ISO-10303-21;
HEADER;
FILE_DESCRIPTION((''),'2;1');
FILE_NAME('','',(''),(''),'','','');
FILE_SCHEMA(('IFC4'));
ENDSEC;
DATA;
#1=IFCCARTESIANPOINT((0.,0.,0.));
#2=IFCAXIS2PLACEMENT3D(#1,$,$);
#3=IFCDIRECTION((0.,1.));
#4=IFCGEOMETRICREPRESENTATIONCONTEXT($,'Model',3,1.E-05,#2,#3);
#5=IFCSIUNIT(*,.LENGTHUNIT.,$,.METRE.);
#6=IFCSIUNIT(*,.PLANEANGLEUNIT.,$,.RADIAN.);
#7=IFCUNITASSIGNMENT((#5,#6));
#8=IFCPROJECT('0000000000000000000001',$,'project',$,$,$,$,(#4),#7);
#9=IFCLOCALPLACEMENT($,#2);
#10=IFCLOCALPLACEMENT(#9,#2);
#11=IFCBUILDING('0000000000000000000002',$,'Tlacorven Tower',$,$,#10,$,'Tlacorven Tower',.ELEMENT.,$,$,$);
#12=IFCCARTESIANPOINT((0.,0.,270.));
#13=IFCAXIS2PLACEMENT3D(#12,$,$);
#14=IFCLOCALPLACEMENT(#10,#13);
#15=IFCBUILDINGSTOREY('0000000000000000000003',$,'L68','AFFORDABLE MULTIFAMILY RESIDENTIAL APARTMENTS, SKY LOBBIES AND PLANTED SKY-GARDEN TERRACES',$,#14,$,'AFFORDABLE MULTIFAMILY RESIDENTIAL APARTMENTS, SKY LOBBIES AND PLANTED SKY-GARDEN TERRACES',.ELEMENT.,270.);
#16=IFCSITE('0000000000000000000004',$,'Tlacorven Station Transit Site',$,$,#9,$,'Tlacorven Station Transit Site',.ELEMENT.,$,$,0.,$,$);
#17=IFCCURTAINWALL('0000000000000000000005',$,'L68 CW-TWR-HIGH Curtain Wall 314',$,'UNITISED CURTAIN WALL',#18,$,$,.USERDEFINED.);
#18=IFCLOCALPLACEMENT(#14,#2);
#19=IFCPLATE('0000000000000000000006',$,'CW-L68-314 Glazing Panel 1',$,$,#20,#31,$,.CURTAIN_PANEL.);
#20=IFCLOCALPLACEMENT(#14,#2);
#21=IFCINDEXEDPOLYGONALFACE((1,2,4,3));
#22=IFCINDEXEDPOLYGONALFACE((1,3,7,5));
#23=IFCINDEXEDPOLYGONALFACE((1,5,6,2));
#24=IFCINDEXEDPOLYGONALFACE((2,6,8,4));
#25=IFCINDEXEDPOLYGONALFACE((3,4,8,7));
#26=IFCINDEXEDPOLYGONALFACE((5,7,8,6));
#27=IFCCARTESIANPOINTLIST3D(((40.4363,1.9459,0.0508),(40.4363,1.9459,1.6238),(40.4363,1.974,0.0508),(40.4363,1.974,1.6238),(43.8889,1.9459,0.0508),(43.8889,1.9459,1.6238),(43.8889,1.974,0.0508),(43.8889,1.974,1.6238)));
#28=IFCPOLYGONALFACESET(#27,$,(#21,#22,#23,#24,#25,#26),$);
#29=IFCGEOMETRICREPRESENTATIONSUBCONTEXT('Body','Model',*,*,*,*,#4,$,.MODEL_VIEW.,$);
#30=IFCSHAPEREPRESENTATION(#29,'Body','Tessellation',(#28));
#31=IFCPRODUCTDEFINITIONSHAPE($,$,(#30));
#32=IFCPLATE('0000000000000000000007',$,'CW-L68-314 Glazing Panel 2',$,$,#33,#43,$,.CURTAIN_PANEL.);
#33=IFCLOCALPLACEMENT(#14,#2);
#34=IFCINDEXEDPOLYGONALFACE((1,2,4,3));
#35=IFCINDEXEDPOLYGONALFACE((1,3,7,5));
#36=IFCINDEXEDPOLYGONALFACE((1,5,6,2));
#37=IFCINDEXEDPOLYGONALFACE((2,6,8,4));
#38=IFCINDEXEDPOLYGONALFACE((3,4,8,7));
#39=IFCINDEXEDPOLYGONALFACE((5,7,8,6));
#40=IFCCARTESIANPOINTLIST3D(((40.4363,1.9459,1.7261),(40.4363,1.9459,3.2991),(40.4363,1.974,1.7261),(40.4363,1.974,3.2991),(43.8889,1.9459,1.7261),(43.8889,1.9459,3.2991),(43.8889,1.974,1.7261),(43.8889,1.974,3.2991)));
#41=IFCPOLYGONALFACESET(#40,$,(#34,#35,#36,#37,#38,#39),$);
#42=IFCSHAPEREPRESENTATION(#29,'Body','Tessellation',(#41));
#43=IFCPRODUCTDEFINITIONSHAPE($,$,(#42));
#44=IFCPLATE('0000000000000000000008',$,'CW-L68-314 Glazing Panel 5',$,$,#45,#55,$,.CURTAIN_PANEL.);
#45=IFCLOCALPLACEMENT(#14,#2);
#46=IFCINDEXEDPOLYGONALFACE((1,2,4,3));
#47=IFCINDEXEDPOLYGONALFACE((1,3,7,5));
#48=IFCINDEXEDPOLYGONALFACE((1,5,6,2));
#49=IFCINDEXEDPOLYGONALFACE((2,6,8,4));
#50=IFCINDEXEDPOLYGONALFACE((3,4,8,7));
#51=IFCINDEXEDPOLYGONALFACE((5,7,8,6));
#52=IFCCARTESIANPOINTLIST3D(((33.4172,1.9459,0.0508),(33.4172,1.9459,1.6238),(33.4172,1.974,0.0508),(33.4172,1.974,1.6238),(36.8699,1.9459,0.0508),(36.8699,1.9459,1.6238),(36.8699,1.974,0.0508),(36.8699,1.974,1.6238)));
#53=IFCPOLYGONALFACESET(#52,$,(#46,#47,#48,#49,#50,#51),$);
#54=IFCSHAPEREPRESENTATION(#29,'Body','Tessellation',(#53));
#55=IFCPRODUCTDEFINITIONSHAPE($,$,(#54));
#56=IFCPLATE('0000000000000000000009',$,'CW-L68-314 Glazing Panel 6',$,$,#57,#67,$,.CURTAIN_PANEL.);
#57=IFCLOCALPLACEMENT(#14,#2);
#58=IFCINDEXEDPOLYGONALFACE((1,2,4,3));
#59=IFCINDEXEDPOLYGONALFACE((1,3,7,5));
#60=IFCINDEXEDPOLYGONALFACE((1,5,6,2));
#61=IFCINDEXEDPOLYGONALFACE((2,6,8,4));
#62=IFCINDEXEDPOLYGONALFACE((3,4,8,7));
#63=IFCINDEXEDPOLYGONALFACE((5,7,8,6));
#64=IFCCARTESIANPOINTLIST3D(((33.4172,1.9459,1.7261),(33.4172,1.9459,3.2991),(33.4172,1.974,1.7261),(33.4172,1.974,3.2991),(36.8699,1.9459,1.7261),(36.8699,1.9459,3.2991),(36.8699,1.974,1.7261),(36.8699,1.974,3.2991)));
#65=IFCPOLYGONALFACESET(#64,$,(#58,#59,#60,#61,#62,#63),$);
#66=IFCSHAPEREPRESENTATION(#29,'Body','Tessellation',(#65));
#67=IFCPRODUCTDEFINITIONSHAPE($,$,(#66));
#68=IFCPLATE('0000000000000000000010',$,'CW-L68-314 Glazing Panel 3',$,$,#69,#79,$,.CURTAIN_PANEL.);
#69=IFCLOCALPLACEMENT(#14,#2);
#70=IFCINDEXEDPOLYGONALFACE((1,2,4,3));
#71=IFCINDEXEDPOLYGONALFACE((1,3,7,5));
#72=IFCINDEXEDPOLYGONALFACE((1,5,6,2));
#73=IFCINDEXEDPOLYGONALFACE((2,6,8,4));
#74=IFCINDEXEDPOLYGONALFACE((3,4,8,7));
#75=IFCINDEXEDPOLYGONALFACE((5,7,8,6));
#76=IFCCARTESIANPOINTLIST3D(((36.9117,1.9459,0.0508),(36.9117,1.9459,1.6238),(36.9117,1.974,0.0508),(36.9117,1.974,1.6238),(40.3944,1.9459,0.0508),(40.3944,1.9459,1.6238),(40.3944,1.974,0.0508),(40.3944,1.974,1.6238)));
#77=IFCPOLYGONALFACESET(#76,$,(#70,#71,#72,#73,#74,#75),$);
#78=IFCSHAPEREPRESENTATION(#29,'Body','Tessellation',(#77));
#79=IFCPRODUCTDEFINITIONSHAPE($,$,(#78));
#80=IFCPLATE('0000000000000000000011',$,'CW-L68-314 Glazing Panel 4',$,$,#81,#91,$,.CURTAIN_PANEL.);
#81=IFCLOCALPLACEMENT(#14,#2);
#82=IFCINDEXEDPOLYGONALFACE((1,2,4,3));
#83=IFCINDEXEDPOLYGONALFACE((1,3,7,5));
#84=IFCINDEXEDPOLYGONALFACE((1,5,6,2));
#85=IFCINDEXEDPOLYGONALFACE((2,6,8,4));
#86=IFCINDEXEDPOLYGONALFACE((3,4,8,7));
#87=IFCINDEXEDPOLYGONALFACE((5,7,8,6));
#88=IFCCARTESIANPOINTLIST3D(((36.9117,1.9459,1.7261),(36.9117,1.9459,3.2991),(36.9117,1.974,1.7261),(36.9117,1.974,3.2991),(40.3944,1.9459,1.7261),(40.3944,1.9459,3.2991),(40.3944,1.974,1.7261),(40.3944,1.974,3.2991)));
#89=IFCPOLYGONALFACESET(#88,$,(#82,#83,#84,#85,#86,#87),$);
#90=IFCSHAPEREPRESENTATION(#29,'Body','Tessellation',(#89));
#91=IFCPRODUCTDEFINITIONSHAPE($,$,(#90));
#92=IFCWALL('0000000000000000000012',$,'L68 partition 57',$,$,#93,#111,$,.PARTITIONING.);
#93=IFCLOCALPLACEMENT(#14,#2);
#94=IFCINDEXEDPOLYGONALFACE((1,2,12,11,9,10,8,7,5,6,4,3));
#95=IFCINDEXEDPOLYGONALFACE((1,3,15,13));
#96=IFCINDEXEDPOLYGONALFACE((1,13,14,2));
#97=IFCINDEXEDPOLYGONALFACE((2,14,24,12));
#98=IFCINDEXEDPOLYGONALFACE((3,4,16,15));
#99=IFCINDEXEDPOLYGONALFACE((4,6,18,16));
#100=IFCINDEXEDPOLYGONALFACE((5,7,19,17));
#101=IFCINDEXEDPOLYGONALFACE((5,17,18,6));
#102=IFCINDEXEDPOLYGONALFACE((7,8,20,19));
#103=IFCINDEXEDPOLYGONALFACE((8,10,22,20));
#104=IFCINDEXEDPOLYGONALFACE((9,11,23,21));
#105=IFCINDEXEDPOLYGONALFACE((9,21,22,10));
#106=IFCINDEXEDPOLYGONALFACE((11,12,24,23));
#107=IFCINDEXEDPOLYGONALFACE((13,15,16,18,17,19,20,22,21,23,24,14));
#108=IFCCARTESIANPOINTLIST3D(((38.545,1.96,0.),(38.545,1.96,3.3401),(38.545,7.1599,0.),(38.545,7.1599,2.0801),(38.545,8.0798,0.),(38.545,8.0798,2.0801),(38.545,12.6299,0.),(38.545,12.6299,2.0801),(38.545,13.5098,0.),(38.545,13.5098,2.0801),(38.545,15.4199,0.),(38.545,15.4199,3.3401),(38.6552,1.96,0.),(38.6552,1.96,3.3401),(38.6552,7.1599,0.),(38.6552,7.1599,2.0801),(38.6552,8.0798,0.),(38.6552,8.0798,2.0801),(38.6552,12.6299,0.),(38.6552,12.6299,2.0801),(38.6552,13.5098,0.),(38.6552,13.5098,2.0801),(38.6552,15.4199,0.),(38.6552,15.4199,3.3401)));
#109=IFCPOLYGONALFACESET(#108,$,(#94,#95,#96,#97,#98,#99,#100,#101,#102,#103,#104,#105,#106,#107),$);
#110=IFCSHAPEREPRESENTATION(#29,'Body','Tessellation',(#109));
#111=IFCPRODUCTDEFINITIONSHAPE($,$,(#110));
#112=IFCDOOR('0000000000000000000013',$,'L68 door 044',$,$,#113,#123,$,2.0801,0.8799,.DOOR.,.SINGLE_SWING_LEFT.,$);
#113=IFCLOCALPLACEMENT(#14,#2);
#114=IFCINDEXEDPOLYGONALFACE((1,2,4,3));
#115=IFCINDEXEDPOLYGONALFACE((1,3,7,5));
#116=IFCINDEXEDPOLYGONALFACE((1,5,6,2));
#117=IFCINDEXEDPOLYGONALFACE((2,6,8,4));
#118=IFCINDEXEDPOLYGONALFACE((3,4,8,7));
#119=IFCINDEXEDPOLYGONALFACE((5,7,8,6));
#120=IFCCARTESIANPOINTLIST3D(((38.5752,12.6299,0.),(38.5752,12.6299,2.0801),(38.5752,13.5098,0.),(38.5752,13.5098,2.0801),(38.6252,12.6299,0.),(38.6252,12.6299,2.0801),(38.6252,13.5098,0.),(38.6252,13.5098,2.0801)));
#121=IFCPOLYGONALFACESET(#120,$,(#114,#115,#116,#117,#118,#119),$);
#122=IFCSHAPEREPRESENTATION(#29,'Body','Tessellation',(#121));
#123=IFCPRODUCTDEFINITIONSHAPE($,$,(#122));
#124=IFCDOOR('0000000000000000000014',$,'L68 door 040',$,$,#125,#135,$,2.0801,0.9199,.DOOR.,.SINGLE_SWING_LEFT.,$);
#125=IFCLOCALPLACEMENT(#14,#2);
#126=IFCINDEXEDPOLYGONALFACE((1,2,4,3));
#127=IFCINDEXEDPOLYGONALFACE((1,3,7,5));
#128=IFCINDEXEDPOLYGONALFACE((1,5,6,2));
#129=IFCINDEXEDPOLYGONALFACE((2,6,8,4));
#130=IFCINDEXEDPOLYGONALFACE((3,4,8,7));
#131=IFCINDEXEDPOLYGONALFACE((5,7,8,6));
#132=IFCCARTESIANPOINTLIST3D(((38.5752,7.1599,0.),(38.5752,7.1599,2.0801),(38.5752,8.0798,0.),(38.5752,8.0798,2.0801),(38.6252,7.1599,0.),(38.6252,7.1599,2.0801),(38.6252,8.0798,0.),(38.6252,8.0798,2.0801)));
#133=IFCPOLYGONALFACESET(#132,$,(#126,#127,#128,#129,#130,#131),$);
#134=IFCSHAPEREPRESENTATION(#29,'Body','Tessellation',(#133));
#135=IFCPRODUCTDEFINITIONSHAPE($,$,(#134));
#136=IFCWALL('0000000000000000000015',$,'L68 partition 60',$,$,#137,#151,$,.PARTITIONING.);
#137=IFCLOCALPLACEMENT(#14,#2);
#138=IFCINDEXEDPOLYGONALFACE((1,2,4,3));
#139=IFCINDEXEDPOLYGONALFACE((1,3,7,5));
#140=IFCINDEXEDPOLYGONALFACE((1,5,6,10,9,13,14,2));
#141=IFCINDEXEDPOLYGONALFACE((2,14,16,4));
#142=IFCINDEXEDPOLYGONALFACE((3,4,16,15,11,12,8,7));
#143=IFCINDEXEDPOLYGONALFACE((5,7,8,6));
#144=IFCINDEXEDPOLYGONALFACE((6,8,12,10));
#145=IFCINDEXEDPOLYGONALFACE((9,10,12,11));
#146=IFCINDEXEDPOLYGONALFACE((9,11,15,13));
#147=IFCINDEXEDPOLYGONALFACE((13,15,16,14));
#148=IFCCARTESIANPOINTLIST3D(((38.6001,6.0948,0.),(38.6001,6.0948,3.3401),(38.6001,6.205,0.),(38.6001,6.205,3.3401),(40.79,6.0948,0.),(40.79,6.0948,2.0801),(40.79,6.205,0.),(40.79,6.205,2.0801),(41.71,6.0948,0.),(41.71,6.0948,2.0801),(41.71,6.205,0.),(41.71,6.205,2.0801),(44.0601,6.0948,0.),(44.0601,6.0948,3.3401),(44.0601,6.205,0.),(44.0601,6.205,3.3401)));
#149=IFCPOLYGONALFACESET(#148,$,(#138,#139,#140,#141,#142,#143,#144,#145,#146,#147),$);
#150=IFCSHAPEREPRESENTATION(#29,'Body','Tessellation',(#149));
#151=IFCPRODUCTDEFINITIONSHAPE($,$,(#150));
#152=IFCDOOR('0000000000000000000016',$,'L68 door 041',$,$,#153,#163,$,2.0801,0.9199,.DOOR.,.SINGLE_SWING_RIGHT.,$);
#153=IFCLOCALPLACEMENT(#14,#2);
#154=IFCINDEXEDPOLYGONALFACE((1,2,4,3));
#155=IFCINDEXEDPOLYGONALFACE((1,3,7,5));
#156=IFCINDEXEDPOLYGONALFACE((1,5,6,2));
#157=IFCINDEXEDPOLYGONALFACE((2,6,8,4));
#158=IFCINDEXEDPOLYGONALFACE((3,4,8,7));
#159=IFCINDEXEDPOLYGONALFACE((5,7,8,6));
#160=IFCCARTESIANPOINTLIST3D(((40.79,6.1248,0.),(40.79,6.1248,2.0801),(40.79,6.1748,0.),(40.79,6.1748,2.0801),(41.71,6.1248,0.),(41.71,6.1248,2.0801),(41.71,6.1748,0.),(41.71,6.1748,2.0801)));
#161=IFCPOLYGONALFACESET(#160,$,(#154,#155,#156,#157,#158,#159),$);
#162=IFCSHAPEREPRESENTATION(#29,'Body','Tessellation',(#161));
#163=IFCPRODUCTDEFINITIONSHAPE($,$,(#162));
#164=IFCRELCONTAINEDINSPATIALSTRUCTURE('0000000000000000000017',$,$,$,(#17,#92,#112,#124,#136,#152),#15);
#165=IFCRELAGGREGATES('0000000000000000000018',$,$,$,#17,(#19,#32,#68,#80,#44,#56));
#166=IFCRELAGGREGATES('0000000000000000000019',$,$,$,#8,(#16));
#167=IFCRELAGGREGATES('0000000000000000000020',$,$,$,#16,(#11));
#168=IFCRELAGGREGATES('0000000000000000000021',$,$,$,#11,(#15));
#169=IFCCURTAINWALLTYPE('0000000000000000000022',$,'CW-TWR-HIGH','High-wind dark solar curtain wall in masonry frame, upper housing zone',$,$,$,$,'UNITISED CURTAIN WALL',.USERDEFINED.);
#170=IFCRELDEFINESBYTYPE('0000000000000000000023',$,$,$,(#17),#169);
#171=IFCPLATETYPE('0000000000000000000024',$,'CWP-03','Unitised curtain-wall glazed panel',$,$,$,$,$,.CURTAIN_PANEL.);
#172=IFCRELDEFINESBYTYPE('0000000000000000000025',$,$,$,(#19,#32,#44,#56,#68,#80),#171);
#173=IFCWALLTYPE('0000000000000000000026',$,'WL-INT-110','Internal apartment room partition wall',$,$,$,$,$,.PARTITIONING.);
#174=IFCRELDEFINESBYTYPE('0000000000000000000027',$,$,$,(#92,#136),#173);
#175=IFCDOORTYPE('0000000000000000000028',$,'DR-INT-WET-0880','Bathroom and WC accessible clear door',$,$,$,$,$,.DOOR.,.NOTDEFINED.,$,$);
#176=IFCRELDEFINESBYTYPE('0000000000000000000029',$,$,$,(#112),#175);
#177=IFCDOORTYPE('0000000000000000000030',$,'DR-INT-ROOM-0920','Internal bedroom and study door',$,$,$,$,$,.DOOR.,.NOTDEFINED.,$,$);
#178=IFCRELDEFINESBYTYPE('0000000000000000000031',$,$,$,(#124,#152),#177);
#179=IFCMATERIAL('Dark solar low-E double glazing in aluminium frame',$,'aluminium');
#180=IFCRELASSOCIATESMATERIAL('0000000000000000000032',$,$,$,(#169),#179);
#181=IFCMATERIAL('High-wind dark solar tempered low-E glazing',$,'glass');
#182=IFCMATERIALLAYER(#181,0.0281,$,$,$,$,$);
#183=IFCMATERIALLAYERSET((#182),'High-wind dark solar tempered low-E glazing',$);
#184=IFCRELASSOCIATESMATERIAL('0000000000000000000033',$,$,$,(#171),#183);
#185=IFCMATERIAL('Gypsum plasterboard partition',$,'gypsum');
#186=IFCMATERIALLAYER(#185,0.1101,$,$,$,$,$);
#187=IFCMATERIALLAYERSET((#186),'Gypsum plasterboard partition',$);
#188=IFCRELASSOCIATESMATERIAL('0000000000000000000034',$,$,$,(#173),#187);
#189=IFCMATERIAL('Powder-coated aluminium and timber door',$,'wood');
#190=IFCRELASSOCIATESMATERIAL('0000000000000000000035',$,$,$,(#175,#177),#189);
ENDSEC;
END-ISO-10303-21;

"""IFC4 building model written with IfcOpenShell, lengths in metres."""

from ifc_helpers import new_model, si_unit, direction, frame, frame_2d, origin, origin_2d, place, context, subcontext, project, spatial, rectangle, extrude, source, transform, mapped, material, layer, layer_set, type_object, element, fill, aggregate, save


model = new_model("IFC4")

# Units and contexts
model_context = context("Model", 3, precision=1e-05, world=origin(), true_north=direction((0.0, 1.0)))
body_context = subcontext(model_context, "Body", "Model", "MODEL_VIEW")
ifc_project = project(units=[si_unit("LENGTHUNIT", "METRE"), si_unit("PLANEANGLEUNIT", "RADIAN")], contexts=[model_context])

# Site, building, storey
site_placement = place(None, origin())
site = spatial("IfcSite", under=ifc_project, at=site_placement, Name="Tlacorven Station Transit Site", LongName="Tlacorven Station Transit Site", CompositionType="ELEMENT", RefElevation=0.0)
building_placement = place(site_placement, origin())
building = spatial("IfcBuilding", under=site, at=building_placement, Name="Tlacorven Tower", LongName="Tlacorven Tower", CompositionType="ELEMENT")
storey_placement = place(building_placement, frame((0.0, 0.0, 270.0)))
storey = spatial("IfcBuildingStorey", under=building, at=storey_placement, Name="L68", Description="AFFORDABLE MULTIFAMILY RESIDENTIAL APARTMENTS, SKY LOBBIES AND PLANTED SKY-GARDEN TERRACES", LongName="AFFORDABLE MULTIFAMILY RESIDENTIAL APARTMENTS, SKY LOBBIES AND PLANTED SKY-GARDEN TERRACES", CompositionType="ELEMENT", Elevation=270.0)

# Curtain wall
ifc_material_1 = material(Name="Dark solar low-E double glazing in aluminium frame", Category="aluminium")
curtain_wall_type = type_object("IfcCurtainWallType", Name="CW-TWR-HIGH", Description="High-wind dark solar curtain wall in masonry frame, upper housing zone", ElementType="UNITISED CURTAIN WALL", PredefinedType="USERDEFINED", material=ifc_material_1)
curtain_wall_1_placement = place(storey_placement, origin())
curtain_wall_1 = element("IfcCurtainWall", 1, at=curtain_wall_1_placement, inside=storey, type_object=curtain_wall_type, Name="L68 CW-TWR-HIGH Curtain Wall 314", ObjectType="UNITISED CURTAIN WALL", PredefinedType="USERDEFINED")

# Plates
ifc_material_2 = material(Name="High-wind dark solar tempered low-E glazing", Category="glass")
ifc_layer_1 = layer(ifc_material_2, 0.0281)
ifc_layer_set_1 = layer_set([ifc_layer_1], Name="High-wind dark solar tempered low-E glazing")
plate_type = type_object("IfcPlateType", Name="CWP-03", Description="Unitised curtain-wall glazed panel", PredefinedType="CURTAIN_PANEL", material=ifc_layer_set_1)
shared_shape_1 = source(origin(), body_context, "Body", "SweptSolid", [
    extrude(rectangle(XDim=3.4526, YDim=0.0281, at=origin_2d()), origin(), (0.0, 0.0, 1.0), 1.573),
])
plate_1_placement = place(storey_placement, frame((42.1626, 1.96, 0.0508), z_axis=(0.0, 0.0, 1.0), x_axis=(-1.0, 0.0, 0.0)))
plate_1 = element("IfcPlate", 2, at=plate_1_placement, type_object=plate_type, Name="CW-L68-314 Glazing Panel 1", PredefinedType="CURTAIN_PANEL", context=body_context, shape_type="MappedRepresentation", body=[
    mapped(shared_shape_1, transform((0.0, 0.0, 0.0), scale=1.0)),
])
plate_2_placement = place(storey_placement, frame((42.1626, 1.96, 1.7261), z_axis=(0.0, 0.0, 1.0), x_axis=(-1.0, 0.0, 0.0)))
plate_2 = element("IfcPlate", 3, at=plate_2_placement, type_object=plate_type, Name="CW-L68-314 Glazing Panel 2", PredefinedType="CURTAIN_PANEL", context=body_context, shape_type="MappedRepresentation", body=[
    mapped(shared_shape_1, transform((0.0, 0.0, 0.0), scale=1.0)),
])
plate_3_placement = place(storey_placement, frame((35.1436, 1.96, 0.0508), z_axis=(0.0, 0.0, 1.0), x_axis=(-1.0, 0.0, 0.0)))
plate_3 = element("IfcPlate", 4, at=plate_3_placement, type_object=plate_type, Name="CW-L68-314 Glazing Panel 5", PredefinedType="CURTAIN_PANEL", context=body_context, shape_type="MappedRepresentation", body=[
    mapped(shared_shape_1, transform((0.0, 0.0, 0.0), scale=1.0)),
])
plate_4_placement = place(storey_placement, frame((35.1436, 1.96, 1.7261), z_axis=(0.0, 0.0, 1.0), x_axis=(-1.0, 0.0, 0.0)))
plate_4 = element("IfcPlate", 5, at=plate_4_placement, type_object=plate_type, Name="CW-L68-314 Glazing Panel 6", PredefinedType="CURTAIN_PANEL", context=body_context, shape_type="MappedRepresentation", body=[
    mapped(shared_shape_1, transform((0.0, 0.0, 0.0), scale=1.0)),
])
shared_shape_2 = source(origin(), body_context, "Body", "SweptSolid", [
    extrude(rectangle(XDim=3.4827, YDim=0.0281, at=origin_2d()), origin(), (0.0, 0.0, 1.0), 1.573),
])
plate_5_placement = place(storey_placement, frame((38.6531, 1.96, 0.0508), z_axis=(0.0, 0.0, 1.0), x_axis=(-1.0, 0.0, 0.0)))
plate_5 = element("IfcPlate", 6, at=plate_5_placement, type_object=plate_type, Name="CW-L68-314 Glazing Panel 3", PredefinedType="CURTAIN_PANEL", context=body_context, shape_type="MappedRepresentation", body=[
    mapped(shared_shape_2, transform((0.0, 0.0, 0.0), scale=1.0)),
])
plate_6_placement = place(storey_placement, frame((38.6531, 1.96, 1.7261), z_axis=(0.0, 0.0, 1.0), x_axis=(-1.0, 0.0, 0.0)))
plate_6 = element("IfcPlate", 7, at=plate_6_placement, type_object=plate_type, Name="CW-L68-314 Glazing Panel 4", PredefinedType="CURTAIN_PANEL", context=body_context, shape_type="MappedRepresentation", body=[
    mapped(shared_shape_2, transform((0.0, 0.0, 0.0), scale=1.0)),
])
aggregate(curtain_wall_1, [plate_1, plate_2, plate_5, plate_6, plate_3, plate_4])

# Wall, openings, doors
ifc_material_3 = material(Name="Gypsum plasterboard partition", Category="gypsum")
ifc_layer_2 = layer(ifc_material_3, 0.1101)
ifc_layer_set_2 = layer_set([ifc_layer_2], Name="Gypsum plasterboard partition")
wall_type = type_object("IfcWallType", Name="WL-INT-110", Description="Internal apartment room partition wall", PredefinedType="PARTITIONING", material=ifc_layer_set_2)
wall_1_placement = place(storey_placement, frame((38.6001, 1.96, 0.0), z_axis=(0.0, 0.0, 1.0), x_axis=(0.0, 1.0, 0.0)))
wall_1 = element("IfcWall", 8, at=wall_1_placement, inside=storey, type_object=wall_type, Name="L68 partition 57", PredefinedType="PARTITIONING", context=body_context, shape_type="SweptSolid", body=[
    extrude(rectangle(XDim=13.46, YDim=0.1101, at=frame_2d((6.73, 0.0))), origin(), (0.0, 0.0, 1.0), 3.3401),
])
opening_1_placement = place(wall_1_placement, frame((5.2, 0.0, 0.0)))
opening_1 = element("IfcOpeningElement", 9, at=opening_1_placement, cuts=wall_1, PredefinedType="OPENING", context=body_context, shape_type="SweptSolid", body=[
    extrude(rectangle(XDim=0.9199, YDim=2.0801, at=frame_2d((0.46, 1.04))), frame((0.0, 0.0649, 0.0), z_axis=(0.0, -1.0, 0.0), x_axis=(1.0, 0.0, 0.0)), (0.0, 0.0, 1.0), 0.1301),
])
opening_2_placement = place(wall_1_placement, frame((10.6699, 0.0, 0.0)))
opening_2 = element("IfcOpeningElement", 10, at=opening_2_placement, cuts=wall_1, PredefinedType="OPENING", context=body_context, shape_type="SweptSolid", body=[
    extrude(rectangle(XDim=0.8799, YDim=2.0801, at=frame_2d((0.4399, 1.04))), frame((0.0, 0.0649, 0.0), z_axis=(0.0, -1.0, 0.0), x_axis=(1.0, 0.0, 0.0)), (0.0, 0.0, 1.0), 0.1301),
])
ifc_material_4 = material(Name="Powder-coated aluminium and timber door", Category="wood")
door_type_1 = type_object("IfcDoorType", Name="DR-INT-WET-0880", Description="Bathroom and WC accessible clear door", OperationType="NOTDEFINED", PredefinedType="DOOR", material=ifc_material_4)
shared_shape_3 = source(origin(), body_context, "Body", "SweptSolid", [
    extrude(rectangle(XDim=0.8799, YDim=2.0801, at=frame_2d((0.4399, 1.04))), frame((0.0, 0.0249, 0.0), z_axis=(0.0, -1.0, 0.0), x_axis=(1.0, 0.0, 0.0)), (0.0, 0.0, 1.0), 0.05),
])
door_1_placement = place(opening_2_placement, origin())
door_1 = element("IfcDoor", 11, at=door_1_placement, inside=storey, type_object=door_type_1, Name="L68 door 044", OperationType="SINGLE_SWING_LEFT", OverallHeight=2.0801, OverallWidth=0.8799, PredefinedType="DOOR", context=body_context, shape_type="MappedRepresentation", body=[
    mapped(shared_shape_3, transform((0.0, 0.0, 0.0), scale=1.0)),
])
fill(opening_2, door_1)
door_type_2 = type_object("IfcDoorType", Name="DR-INT-ROOM-0920", Description="Internal bedroom and study door", OperationType="NOTDEFINED", PredefinedType="DOOR", material=ifc_material_4)
shared_shape_4 = source(origin(), body_context, "Body", "SweptSolid", [
    extrude(rectangle(XDim=0.9199, YDim=2.0801, at=frame_2d((0.46, 1.04))), frame((0.0, 0.0249, 0.0), z_axis=(0.0, -1.0, 0.0), x_axis=(1.0, 0.0, 0.0)), (0.0, 0.0, 1.0), 0.05),
])
door_2_placement = place(opening_1_placement, origin())
door_2 = element("IfcDoor", 12, at=door_2_placement, inside=storey, type_object=door_type_2, Name="L68 door 040", OperationType="SINGLE_SWING_LEFT", OverallHeight=2.0801, OverallWidth=0.9199, PredefinedType="DOOR", context=body_context, shape_type="MappedRepresentation", body=[
    mapped(shared_shape_4, transform((0.0, 0.0, 0.0), scale=1.0)),
])
fill(opening_1, door_2)

# Wall, opening, door
wall_2_placement = place(storey_placement, frame((38.6001, 6.1499, 0.0), z_axis=(0.0, 0.0, 1.0), x_axis=(1.0, 0.0, 0.0)))
wall_2 = element("IfcWall", 13, at=wall_2_placement, inside=storey, type_object=wall_type, Name="L68 partition 60", PredefinedType="PARTITIONING", context=body_context, shape_type="SweptSolid", body=[
    extrude(rectangle(XDim=5.46, YDim=0.1101, at=frame_2d((2.73, 0.0))), origin(), (0.0, 0.0, 1.0), 3.3401),
])
opening_3_placement = place(wall_2_placement, frame((2.1899, 0.0, 0.0)))
opening_3 = element("IfcOpeningElement", 14, at=opening_3_placement, cuts=wall_2, PredefinedType="OPENING", context=body_context, shape_type="SweptSolid", body=[
    extrude(rectangle(XDim=0.9199, YDim=2.0801, at=frame_2d((0.46, 1.04))), frame((0.0, 0.0649, 0.0), z_axis=(0.0, -1.0, 0.0), x_axis=(1.0, 0.0, 0.0)), (0.0, 0.0, 1.0), 0.1301),
])
door_3_placement = place(opening_3_placement, origin())
door_3 = element("IfcDoor", 15, at=door_3_placement, inside=storey, type_object=door_type_2, Name="L68 door 041", OperationType="SINGLE_SWING_RIGHT", OverallHeight=2.0801, OverallWidth=0.9199, PredefinedType="DOOR", context=body_context, shape_type="MappedRepresentation", body=[
    mapped(shared_shape_4, transform((0.0, 0.0, 0.0), scale=1.0)),
])
fill(opening_3, door_3)

save(model, "model.ifc")
